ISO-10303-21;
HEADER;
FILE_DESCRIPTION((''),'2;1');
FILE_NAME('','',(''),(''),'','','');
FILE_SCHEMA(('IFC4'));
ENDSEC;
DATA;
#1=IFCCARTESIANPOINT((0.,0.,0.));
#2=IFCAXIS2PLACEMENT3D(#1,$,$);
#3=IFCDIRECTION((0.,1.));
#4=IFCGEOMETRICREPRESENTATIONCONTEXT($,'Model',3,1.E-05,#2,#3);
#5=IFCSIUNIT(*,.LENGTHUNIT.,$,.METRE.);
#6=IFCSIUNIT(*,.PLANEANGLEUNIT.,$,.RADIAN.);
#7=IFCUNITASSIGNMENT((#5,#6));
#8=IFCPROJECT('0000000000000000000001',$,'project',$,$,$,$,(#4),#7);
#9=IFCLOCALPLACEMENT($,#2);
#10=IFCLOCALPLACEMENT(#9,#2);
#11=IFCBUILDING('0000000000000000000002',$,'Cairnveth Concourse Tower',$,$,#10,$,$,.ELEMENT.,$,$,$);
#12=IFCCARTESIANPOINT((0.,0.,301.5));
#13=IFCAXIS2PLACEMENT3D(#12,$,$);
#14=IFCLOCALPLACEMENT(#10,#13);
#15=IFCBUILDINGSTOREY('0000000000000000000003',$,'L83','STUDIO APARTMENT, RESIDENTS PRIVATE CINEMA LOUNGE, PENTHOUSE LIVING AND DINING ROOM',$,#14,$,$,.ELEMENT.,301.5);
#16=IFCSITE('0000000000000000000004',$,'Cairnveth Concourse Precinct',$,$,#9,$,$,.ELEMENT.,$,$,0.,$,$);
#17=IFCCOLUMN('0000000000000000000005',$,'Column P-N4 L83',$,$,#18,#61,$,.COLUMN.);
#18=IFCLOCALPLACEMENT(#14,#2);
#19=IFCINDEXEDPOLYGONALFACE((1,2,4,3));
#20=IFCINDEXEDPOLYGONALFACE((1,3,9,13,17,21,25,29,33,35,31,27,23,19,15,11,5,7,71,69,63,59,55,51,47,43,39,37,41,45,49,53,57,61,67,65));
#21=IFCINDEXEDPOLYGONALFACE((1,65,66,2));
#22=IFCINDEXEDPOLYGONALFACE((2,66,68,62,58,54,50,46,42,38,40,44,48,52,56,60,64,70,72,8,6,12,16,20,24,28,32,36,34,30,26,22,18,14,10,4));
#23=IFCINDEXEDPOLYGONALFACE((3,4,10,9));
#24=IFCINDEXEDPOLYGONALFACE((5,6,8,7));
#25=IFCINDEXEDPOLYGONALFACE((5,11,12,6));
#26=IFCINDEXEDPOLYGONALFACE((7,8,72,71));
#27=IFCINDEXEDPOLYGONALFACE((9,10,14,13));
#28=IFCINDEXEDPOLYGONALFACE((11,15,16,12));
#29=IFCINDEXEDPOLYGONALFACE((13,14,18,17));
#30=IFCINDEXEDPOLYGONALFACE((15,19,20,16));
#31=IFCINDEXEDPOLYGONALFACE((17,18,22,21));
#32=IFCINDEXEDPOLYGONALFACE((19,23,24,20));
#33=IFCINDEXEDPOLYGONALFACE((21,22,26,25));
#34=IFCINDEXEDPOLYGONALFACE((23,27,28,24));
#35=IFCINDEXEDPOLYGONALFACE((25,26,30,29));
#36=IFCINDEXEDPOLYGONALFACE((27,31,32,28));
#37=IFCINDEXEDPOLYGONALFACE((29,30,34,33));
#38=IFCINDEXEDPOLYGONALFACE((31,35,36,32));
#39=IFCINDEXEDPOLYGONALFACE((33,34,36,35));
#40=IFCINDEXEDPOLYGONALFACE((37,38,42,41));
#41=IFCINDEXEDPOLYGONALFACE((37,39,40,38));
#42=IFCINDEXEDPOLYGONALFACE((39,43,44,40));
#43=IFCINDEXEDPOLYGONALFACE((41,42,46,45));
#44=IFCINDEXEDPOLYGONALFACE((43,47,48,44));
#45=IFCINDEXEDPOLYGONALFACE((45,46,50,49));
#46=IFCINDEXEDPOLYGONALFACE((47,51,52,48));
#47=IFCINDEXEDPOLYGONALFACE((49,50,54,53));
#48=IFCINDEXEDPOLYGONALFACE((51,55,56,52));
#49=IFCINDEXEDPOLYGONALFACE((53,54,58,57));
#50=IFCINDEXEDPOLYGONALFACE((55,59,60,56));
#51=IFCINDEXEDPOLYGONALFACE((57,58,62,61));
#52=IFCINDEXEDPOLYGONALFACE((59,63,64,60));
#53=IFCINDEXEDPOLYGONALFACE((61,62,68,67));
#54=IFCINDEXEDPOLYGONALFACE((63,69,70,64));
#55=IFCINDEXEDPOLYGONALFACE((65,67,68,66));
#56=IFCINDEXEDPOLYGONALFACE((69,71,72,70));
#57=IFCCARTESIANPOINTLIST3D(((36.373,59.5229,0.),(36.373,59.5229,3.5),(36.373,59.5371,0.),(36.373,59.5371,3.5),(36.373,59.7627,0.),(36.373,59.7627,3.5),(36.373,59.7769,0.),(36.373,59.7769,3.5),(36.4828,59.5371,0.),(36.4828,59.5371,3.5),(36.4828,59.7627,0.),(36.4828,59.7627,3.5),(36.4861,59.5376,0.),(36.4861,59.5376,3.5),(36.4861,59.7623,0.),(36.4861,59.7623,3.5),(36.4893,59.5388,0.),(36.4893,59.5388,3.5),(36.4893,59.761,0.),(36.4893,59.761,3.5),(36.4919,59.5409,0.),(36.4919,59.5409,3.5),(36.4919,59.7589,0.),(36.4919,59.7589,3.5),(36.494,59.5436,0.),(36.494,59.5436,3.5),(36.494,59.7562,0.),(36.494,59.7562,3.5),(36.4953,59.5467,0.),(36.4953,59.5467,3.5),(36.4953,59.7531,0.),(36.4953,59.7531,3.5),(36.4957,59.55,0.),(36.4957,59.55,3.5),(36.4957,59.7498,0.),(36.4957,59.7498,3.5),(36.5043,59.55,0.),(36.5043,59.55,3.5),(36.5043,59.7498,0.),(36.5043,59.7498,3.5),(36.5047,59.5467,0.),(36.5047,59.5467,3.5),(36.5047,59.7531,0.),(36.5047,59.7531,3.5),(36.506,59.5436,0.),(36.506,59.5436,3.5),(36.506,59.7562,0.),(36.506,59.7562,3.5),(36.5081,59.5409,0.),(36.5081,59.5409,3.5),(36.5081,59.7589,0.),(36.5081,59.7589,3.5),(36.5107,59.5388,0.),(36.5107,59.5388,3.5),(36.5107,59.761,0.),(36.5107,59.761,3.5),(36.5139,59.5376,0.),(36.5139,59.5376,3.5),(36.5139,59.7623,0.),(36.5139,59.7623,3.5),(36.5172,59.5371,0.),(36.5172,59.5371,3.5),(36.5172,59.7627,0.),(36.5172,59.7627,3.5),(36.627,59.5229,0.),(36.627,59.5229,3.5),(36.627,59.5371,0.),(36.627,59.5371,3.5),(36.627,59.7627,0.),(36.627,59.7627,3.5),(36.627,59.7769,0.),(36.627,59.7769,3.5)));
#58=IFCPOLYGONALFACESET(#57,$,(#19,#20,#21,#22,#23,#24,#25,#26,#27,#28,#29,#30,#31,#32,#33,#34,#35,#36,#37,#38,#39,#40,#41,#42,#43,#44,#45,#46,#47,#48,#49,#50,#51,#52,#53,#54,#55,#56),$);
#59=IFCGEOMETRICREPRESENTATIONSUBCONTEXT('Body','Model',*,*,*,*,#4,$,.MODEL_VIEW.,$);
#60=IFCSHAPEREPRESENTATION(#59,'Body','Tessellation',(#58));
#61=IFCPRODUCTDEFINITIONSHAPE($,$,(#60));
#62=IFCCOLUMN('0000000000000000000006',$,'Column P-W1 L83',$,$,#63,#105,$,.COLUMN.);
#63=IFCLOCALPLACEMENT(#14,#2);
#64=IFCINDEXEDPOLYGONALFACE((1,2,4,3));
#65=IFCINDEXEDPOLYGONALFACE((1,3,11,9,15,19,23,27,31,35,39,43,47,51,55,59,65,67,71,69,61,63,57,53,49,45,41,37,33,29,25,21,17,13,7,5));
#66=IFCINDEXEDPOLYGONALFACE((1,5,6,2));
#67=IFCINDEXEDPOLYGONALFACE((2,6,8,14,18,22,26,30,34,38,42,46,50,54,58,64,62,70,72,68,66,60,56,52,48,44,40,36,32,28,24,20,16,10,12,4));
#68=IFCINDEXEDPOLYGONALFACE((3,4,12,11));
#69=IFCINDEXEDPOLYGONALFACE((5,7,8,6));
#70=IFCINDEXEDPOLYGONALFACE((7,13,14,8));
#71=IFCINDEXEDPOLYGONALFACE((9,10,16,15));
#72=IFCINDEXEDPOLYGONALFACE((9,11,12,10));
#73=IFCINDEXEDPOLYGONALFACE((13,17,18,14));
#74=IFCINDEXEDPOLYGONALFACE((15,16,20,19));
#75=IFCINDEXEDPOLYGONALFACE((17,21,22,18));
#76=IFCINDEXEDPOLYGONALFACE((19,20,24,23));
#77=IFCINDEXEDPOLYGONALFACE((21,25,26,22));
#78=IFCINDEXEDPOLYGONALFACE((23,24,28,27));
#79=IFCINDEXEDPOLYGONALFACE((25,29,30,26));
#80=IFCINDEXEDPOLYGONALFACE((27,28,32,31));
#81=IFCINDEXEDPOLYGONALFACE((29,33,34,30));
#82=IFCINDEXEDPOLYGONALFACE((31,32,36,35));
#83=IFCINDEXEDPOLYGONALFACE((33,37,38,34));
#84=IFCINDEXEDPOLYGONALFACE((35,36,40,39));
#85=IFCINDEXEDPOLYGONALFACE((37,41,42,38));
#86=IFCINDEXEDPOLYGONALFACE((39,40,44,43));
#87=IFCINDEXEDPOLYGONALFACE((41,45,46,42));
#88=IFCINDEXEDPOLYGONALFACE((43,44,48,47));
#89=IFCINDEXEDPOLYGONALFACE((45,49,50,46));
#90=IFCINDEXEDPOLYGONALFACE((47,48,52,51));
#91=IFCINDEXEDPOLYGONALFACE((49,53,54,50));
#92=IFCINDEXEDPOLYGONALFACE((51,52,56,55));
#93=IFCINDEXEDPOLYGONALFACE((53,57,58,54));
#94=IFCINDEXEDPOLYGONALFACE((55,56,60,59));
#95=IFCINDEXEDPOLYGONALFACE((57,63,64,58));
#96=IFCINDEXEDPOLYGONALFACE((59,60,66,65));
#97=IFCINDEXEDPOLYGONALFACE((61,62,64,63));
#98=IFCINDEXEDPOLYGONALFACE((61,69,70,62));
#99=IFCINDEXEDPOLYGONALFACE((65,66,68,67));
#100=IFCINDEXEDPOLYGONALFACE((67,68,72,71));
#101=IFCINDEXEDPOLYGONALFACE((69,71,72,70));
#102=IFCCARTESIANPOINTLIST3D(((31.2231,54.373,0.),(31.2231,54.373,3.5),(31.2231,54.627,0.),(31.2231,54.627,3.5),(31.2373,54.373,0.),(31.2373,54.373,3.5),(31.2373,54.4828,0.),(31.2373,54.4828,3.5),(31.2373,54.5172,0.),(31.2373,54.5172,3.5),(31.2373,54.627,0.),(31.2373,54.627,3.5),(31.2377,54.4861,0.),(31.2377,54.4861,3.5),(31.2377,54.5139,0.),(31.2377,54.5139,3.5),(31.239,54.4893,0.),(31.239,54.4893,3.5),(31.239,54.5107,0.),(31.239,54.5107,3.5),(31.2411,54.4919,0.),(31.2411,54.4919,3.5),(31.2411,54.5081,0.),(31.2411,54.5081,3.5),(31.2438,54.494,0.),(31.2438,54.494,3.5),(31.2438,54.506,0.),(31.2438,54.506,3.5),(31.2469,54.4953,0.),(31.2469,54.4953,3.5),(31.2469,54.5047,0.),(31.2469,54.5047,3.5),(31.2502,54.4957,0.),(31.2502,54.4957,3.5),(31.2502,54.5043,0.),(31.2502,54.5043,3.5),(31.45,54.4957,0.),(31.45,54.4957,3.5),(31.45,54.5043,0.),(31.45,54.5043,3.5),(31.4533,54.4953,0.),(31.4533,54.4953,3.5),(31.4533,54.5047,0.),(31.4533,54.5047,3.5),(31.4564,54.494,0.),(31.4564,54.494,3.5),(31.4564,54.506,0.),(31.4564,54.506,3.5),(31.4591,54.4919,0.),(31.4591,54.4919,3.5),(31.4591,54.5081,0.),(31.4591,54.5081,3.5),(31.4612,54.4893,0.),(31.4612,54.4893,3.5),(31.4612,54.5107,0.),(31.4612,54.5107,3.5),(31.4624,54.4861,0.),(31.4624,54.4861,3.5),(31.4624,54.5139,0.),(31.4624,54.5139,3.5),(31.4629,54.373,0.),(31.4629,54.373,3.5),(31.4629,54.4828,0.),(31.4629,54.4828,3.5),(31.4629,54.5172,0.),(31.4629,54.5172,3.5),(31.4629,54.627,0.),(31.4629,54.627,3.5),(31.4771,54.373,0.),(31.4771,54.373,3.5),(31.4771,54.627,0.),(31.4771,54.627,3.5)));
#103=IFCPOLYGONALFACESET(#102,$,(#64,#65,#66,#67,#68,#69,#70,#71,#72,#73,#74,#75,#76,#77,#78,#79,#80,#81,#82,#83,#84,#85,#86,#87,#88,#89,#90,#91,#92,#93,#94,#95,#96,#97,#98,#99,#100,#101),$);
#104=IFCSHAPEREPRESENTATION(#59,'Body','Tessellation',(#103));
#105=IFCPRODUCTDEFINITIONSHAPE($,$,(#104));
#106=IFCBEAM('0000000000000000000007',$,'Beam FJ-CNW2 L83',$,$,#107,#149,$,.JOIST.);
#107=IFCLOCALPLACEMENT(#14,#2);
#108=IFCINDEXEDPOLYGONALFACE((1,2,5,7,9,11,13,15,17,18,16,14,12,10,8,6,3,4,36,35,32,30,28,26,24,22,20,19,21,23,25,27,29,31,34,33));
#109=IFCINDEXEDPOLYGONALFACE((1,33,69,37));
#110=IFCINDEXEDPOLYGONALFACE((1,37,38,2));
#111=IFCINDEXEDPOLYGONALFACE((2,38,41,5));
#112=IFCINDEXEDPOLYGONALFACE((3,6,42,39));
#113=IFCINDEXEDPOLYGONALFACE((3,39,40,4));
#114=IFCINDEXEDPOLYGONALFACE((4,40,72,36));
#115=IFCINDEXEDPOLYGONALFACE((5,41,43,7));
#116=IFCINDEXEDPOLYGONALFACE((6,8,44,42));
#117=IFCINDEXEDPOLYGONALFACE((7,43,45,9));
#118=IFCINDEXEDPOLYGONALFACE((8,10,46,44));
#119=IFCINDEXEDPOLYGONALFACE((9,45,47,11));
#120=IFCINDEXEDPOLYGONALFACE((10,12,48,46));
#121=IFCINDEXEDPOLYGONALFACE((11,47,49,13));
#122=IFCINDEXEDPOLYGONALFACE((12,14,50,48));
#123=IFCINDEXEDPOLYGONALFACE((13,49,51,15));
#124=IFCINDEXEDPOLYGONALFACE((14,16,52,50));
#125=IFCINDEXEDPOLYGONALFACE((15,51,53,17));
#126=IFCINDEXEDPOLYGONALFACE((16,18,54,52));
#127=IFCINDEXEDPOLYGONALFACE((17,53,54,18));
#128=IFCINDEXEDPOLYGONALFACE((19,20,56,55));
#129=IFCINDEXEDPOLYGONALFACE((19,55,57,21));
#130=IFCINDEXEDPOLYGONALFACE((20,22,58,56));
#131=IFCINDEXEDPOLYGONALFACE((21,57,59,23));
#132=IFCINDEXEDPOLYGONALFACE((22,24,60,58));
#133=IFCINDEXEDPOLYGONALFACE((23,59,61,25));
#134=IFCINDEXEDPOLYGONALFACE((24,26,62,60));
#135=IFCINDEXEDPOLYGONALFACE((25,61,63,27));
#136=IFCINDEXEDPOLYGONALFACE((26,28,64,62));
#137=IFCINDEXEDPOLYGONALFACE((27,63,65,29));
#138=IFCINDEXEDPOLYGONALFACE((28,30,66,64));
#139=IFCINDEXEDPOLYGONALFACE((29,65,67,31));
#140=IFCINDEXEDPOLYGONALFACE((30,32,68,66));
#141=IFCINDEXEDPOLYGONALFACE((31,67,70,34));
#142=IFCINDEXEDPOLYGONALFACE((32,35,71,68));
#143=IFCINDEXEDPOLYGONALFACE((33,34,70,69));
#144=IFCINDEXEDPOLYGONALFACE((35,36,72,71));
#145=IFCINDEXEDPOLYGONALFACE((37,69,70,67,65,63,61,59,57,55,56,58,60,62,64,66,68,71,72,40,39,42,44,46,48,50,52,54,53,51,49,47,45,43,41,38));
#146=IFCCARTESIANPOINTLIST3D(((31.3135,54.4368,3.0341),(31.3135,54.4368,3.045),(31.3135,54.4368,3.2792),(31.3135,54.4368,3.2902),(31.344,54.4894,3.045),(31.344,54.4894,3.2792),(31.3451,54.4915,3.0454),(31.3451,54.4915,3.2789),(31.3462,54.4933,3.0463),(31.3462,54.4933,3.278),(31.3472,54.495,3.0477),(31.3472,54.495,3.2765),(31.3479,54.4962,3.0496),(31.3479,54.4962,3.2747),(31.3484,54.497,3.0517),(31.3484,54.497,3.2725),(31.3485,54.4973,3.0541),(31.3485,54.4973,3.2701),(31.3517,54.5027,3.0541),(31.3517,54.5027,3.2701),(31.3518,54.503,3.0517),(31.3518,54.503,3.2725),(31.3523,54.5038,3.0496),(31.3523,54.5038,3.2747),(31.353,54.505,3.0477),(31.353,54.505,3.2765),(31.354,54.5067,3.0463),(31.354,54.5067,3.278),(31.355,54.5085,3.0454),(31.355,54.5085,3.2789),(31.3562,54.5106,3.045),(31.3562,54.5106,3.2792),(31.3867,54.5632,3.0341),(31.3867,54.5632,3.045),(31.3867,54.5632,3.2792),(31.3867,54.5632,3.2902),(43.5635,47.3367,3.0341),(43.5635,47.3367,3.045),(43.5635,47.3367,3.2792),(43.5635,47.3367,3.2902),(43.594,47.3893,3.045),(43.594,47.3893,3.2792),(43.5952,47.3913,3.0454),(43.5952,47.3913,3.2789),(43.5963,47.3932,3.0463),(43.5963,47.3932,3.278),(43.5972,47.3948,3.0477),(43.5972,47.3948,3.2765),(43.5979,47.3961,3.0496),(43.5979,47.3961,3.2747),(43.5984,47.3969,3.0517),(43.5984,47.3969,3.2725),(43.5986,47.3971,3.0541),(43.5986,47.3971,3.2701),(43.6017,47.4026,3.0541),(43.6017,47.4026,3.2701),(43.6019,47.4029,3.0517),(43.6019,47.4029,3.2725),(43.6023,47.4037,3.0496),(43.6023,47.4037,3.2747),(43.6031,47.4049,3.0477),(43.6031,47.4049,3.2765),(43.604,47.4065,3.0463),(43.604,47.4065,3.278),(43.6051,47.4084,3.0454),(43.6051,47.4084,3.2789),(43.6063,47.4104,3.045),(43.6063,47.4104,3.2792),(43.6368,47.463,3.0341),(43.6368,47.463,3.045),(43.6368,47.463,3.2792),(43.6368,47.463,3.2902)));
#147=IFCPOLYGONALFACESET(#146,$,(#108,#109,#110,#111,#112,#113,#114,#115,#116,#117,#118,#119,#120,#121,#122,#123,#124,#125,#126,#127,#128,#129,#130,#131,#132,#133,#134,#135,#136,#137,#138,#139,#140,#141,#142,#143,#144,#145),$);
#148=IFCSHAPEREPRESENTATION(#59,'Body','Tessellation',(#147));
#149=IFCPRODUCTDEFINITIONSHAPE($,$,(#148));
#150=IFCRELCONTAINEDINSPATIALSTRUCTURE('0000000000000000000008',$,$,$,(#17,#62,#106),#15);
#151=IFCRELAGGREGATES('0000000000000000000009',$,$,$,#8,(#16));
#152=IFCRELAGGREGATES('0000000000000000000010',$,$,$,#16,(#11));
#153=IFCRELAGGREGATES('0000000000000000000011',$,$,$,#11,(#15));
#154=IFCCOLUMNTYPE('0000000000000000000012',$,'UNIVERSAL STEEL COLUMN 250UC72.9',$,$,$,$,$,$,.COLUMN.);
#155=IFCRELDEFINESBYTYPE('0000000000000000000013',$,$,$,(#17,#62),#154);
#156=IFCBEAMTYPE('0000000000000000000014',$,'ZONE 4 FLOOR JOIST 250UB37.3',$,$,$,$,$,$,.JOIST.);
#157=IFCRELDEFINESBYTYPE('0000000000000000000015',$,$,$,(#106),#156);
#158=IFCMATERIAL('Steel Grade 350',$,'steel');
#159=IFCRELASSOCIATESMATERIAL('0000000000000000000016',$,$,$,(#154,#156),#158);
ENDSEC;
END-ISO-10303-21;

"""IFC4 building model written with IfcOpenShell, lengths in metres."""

from ifc_helpers import new_model, si_unit, direction, frame, origin, origin_2d, place, context, subcontext, project, spatial, i_section, extrude, material, material_profile, profile_set, type_object, element, save


model = new_model("IFC4")

# Units and contexts
model_context = context("Model", 3, precision=1e-05, world=origin(), true_north=direction((0.0, 1.0)))
body_context = subcontext(model_context, "Body", "Model", "MODEL_VIEW")
ifc_project = project(units=[si_unit("LENGTHUNIT", "METRE"), si_unit("PLANEANGLEUNIT", "RADIAN")], contexts=[model_context])

# Site, building, storey
site_placement = place(None, origin())
site = spatial("IfcSite", under=ifc_project, at=site_placement, Name="Cairnveth Concourse Precinct", CompositionType="ELEMENT", RefElevation=0.0)
building_placement = place(site_placement, origin())
building = spatial("IfcBuilding", under=site, at=building_placement, Name="Cairnveth Concourse Tower", CompositionType="ELEMENT")
storey_placement = place(building_placement, frame((0.0, 0.0, 301.5)))
storey = spatial("IfcBuildingStorey", under=building, at=storey_placement, Name="L83", Description="STUDIO APARTMENT, RESIDENTS PRIVATE CINEMA LOUNGE, PENTHOUSE LIVING AND DINING ROOM", CompositionType="ELEMENT", Elevation=301.5)

# Columns
ifc_material_1 = material(Name="Steel Grade 350", Category="steel")
ifc_material_profile_1 = material_profile(ifc_material_1, i_section(OverallWidth=0.2539, OverallDepth=0.2539, WebThickness=0.0085, FlangeThickness=0.0142, FilletRadius=0.0129, at=origin_2d()), Name="250UC72.9")
ifc_profile_set_1 = profile_set([ifc_material_profile_1], Name="Steel Grade 350")
column_type = type_object("IfcColumnType", Name="UNIVERSAL STEEL COLUMN 250UC72.9", PredefinedType="COLUMN", material=ifc_profile_set_1)
for number, where, z_axis, x_axis, name in (
    (1, (36.5, 59.6499, 0.0), (0.0, 0.0, 1.0), (1.0, 0.0, 0.0), "Column P-N4 L83"),
    (2, (31.3501, 54.5, 0.0), (0.0, 0.0, 1.0), (0.0, 1.0, 0.0), "Column P-W1 L83"),
):
    element("IfcColumn", number, at=place(storey_placement, frame(where, z_axis=z_axis, x_axis=x_axis)), inside=storey, type_object=column_type, Name=name, PredefinedType="COLUMN", context=body_context, shape_type="SweptSolid", body=[
        extrude(i_section(OverallWidth=0.2539, OverallDepth=0.2539, WebThickness=0.0085, FlangeThickness=0.0142, FilletRadius=0.0129, at=origin_2d()), origin(), (0.0, 0.0, 1.0), 3.5),
    ])

# Beam
ifc_material_profile_2 = material_profile(ifc_material_1, i_section(OverallWidth=0.146, OverallDepth=0.2561, WebThickness=0.0063, FlangeThickness=0.011, FilletRadius=0.009, at=origin_2d()), Name="250UB37.3")
ifc_profile_set_2 = profile_set([ifc_material_profile_2], Name="Steel Grade 350")
beam_type_1 = type_object("IfcBeamType", Name="ZONE 4 FLOOR JOIST 250UB37.3", PredefinedType="JOIST", material=ifc_profile_set_2)
beam_1_placement = place(storey_placement, frame((31.3501, 54.5, 3.1621), z_axis=(0.865181, -0.501459, 0.0), x_axis=(0.501459, 0.865181, 0.0)))
element("IfcBeam", 3, at=beam_1_placement, inside=storey, type_object=beam_type_1, Name="Beam FJ-CNW2 L83", PredefinedType="JOIST", context=body_context, shape_type="SweptSolid", body=[
    extrude(i_section(OverallWidth=0.146, OverallDepth=0.2561, WebThickness=0.0063, FlangeThickness=0.011, FilletRadius=0.009, at=origin_2d()), origin(), (0.0, 0.0, 1.0), 14.1589),
])

save(model, "model.ifc")
